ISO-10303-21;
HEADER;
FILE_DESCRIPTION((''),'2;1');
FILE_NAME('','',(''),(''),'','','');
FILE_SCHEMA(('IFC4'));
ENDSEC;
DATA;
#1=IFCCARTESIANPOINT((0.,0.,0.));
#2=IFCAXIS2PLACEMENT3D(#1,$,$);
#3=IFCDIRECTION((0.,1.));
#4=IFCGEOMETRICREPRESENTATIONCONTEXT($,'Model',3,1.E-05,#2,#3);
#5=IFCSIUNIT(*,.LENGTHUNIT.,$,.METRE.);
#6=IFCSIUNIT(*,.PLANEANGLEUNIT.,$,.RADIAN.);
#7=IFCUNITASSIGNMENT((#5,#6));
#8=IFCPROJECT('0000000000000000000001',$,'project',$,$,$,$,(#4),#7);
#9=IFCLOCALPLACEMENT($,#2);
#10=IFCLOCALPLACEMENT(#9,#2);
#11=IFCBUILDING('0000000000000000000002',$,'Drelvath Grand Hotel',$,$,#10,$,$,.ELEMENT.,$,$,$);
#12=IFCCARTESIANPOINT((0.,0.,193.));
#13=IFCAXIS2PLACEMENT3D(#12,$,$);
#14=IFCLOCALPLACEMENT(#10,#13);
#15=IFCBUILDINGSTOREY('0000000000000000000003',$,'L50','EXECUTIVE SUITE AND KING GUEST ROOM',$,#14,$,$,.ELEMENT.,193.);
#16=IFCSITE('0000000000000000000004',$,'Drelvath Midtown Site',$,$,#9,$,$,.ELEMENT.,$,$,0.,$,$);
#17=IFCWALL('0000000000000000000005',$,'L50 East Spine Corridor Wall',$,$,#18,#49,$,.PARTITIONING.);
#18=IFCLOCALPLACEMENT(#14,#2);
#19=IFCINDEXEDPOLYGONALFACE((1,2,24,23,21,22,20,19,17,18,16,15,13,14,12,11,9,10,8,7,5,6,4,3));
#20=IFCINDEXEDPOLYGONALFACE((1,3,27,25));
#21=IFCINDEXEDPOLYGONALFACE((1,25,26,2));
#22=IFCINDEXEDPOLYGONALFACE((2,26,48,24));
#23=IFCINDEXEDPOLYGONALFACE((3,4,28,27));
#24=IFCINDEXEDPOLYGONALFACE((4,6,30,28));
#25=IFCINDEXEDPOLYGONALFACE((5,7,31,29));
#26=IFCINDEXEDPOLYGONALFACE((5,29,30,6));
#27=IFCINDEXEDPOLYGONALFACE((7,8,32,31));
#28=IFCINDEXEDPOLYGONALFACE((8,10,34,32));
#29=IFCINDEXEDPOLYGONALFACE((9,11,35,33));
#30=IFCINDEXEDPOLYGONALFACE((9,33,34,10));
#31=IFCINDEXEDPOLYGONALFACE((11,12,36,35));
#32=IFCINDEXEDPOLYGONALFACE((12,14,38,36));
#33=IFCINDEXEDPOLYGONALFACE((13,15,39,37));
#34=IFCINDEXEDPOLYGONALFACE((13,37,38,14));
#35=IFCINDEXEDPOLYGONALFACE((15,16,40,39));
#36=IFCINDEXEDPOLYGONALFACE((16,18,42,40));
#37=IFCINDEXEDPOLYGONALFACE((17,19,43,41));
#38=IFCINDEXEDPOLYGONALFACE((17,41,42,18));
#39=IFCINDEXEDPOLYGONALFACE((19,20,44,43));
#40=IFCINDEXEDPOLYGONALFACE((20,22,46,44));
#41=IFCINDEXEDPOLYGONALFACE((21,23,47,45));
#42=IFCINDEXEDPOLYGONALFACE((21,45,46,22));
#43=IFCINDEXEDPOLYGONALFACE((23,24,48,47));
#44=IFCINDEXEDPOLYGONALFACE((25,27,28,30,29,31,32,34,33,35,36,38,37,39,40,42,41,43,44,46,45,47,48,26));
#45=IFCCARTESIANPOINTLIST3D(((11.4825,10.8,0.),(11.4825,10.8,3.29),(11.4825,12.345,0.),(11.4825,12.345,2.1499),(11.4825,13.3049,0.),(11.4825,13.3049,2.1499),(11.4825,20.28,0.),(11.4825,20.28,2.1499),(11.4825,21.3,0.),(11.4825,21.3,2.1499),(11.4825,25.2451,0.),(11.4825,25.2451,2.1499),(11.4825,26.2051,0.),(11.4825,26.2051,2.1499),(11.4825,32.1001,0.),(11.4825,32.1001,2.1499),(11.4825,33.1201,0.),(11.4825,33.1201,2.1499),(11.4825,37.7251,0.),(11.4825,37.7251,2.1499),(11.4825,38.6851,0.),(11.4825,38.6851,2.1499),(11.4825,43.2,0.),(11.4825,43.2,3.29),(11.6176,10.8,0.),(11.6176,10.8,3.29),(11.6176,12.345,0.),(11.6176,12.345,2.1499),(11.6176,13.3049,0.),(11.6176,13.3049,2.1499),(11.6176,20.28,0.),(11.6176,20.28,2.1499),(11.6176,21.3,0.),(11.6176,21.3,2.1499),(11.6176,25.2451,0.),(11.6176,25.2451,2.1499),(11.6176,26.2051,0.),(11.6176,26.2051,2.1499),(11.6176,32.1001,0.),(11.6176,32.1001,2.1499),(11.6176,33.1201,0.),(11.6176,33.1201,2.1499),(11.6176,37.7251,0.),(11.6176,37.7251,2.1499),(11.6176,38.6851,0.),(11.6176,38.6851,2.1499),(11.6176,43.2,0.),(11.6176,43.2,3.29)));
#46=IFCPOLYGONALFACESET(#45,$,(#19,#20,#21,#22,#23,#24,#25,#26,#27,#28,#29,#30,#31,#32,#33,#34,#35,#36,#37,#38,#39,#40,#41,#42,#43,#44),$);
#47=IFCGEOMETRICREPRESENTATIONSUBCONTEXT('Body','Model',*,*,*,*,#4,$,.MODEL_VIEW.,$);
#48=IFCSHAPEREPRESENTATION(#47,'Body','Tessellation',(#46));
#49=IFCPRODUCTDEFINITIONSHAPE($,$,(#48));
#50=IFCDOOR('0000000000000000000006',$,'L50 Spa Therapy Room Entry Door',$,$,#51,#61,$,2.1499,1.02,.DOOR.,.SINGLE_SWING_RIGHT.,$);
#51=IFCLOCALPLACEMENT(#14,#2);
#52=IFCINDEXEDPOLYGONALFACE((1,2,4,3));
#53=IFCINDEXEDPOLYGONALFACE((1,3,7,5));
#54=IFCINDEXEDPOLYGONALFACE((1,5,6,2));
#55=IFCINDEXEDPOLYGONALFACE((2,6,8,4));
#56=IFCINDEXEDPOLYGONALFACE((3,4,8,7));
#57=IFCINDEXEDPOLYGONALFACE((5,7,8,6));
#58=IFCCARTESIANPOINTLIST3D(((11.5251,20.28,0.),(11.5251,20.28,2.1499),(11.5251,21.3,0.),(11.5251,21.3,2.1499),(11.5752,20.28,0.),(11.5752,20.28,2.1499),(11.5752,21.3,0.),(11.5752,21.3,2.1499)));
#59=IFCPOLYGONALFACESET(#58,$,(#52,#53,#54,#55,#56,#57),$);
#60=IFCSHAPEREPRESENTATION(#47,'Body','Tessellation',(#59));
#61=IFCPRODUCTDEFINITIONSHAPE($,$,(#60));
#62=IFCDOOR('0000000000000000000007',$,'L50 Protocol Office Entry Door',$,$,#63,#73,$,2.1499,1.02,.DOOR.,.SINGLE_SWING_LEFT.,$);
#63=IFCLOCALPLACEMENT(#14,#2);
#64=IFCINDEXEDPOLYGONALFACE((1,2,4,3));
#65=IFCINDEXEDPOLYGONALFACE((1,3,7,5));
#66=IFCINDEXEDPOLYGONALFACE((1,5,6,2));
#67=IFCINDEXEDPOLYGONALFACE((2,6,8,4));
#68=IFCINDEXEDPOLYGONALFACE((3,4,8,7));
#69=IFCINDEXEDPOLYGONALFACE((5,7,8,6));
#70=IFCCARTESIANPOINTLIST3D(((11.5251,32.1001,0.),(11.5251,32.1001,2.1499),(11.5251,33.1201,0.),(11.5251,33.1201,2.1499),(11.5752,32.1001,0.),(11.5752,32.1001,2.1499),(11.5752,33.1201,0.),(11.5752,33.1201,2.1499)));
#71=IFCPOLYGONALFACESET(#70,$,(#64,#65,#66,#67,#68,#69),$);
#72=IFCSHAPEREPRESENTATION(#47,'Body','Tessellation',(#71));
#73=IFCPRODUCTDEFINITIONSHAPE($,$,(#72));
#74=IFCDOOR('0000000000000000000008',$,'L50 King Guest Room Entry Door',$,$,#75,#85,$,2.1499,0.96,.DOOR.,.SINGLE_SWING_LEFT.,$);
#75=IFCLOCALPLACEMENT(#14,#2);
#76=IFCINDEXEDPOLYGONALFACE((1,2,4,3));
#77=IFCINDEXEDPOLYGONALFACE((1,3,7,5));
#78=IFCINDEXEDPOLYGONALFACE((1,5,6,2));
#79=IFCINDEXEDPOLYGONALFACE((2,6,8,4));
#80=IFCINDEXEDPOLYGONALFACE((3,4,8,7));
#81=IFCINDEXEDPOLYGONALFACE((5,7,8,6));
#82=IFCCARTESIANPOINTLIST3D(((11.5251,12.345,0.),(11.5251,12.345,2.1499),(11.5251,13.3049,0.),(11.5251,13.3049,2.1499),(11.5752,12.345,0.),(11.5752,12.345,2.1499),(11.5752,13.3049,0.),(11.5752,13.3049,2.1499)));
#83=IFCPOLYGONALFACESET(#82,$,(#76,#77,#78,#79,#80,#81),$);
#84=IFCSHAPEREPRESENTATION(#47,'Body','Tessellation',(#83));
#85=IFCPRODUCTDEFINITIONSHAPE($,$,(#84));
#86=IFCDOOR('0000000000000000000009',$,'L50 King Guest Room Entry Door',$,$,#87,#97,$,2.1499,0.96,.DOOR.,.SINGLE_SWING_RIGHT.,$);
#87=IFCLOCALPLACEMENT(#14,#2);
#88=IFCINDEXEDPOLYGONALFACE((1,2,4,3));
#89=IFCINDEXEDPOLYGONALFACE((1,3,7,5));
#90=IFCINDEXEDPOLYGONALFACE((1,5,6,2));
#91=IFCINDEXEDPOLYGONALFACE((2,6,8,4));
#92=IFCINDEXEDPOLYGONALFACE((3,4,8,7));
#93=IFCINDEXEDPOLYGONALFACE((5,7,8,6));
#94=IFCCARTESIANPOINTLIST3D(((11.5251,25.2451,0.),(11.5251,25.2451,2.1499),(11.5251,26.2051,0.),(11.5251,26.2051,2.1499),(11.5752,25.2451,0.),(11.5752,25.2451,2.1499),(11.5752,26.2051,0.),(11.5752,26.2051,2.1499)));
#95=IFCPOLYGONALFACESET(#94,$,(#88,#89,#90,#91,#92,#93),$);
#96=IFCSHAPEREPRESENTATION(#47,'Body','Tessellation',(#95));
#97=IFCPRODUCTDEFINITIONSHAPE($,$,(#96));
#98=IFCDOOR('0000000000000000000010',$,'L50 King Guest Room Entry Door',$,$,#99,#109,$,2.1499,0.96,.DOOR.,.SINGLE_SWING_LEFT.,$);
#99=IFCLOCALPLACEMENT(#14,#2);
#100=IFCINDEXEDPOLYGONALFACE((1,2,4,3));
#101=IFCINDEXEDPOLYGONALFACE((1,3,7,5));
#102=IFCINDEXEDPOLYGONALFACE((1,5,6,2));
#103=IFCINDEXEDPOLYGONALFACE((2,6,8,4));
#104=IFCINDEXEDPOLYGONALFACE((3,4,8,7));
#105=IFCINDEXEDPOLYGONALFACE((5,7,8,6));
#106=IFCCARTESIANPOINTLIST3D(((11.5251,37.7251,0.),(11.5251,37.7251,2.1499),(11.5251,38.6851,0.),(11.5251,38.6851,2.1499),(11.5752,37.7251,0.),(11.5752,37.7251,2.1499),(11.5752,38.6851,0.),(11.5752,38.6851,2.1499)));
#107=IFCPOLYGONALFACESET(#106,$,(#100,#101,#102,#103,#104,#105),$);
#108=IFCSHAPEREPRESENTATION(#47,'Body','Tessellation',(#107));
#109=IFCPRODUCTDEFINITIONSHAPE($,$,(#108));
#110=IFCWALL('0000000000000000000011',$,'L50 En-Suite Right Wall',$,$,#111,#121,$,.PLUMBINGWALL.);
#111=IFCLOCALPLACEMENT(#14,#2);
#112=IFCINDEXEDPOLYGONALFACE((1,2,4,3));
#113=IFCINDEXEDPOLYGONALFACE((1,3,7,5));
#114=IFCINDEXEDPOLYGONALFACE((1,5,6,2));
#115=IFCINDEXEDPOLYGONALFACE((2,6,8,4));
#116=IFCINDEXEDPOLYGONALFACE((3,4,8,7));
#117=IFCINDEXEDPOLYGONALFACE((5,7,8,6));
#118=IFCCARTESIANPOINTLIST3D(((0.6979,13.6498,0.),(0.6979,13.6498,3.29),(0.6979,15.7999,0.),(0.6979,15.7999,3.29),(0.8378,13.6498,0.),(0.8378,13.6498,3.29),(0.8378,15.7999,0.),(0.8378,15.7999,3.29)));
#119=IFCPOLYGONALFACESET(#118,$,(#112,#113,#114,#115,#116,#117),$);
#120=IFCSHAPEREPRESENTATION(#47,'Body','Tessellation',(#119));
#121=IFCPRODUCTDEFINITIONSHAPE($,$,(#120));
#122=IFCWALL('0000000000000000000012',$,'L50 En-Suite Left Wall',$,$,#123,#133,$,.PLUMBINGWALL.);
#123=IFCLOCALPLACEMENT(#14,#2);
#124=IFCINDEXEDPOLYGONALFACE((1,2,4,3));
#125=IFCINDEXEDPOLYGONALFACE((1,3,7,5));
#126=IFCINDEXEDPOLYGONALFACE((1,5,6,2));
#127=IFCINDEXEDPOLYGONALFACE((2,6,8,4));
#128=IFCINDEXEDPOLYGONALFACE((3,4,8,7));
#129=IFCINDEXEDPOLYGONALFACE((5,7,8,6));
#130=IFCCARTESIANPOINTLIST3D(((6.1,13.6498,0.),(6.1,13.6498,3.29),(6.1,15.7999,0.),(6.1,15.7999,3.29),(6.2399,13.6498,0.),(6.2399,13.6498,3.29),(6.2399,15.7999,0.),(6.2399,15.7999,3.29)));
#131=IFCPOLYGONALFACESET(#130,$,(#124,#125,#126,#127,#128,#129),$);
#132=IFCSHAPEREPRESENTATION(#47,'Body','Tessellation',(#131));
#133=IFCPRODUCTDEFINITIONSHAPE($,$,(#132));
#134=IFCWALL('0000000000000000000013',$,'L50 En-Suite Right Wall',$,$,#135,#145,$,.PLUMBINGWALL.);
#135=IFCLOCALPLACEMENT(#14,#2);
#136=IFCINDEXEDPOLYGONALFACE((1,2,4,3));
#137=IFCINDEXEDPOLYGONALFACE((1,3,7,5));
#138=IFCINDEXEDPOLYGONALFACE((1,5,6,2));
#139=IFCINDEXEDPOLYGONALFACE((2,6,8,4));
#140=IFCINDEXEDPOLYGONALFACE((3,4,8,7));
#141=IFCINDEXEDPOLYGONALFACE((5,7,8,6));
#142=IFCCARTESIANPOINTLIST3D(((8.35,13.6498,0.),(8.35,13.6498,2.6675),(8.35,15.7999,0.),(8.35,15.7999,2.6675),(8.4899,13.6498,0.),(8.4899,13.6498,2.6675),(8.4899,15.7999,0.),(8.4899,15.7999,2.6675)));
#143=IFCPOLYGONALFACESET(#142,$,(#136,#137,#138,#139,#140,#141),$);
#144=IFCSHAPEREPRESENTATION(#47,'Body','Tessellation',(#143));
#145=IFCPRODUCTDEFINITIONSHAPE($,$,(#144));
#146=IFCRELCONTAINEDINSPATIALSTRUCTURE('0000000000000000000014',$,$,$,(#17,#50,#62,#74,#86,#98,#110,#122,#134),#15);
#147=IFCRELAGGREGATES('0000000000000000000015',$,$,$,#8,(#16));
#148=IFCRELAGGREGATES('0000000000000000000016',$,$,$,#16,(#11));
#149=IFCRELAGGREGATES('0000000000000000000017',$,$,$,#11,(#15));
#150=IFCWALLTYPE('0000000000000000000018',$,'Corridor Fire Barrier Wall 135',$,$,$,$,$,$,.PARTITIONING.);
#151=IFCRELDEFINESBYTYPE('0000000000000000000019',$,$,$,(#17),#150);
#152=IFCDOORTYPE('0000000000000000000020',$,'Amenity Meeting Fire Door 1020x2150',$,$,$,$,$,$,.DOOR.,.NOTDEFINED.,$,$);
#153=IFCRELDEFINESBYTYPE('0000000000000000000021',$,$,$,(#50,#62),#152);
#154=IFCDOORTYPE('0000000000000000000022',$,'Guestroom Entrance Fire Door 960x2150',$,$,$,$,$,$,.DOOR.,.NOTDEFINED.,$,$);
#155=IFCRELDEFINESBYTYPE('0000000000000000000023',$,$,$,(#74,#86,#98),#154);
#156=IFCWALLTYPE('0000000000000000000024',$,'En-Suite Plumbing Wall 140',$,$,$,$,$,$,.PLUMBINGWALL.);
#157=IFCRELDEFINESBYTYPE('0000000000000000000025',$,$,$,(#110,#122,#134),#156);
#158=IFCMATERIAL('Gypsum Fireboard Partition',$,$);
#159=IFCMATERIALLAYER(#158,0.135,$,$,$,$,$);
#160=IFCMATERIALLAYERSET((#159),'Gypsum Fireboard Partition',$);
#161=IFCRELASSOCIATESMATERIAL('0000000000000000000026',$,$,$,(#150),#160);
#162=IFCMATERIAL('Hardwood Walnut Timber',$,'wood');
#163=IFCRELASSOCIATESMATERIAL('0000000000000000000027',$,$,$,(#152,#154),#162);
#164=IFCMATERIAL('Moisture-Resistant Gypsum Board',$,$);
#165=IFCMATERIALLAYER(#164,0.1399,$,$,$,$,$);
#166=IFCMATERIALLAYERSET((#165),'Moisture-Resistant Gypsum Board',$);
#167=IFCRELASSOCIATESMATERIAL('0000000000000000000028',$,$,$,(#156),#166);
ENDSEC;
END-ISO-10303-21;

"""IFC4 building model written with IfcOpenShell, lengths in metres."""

from ifc_helpers import new_model, si_unit, direction, frame, frame_2d, origin, place, context, subcontext, project, spatial, rectangle, extrude, material, layer, layer_set, type_object, element, fill, save


model = new_model("IFC4")

# Units and contexts
model_context = context("Model", 3, precision=1e-05, world=origin(), true_north=direction((0.0, 1.0)))
body_context = subcontext(model_context, "Body", "Model", "MODEL_VIEW")
ifc_project = project(units=[si_unit("LENGTHUNIT", "METRE"), si_unit("PLANEANGLEUNIT", "RADIAN")], contexts=[model_context])

# Site, building, storey
site_placement = place(None, origin())
site = spatial("IfcSite", under=ifc_project, at=site_placement, Name="Drelvath Midtown Site", CompositionType="ELEMENT", RefElevation=0.0)
building_placement = place(site_placement, origin())
building = spatial("IfcBuilding", under=site, at=building_placement, Name="Drelvath Grand Hotel", CompositionType="ELEMENT")
storey_placement = place(building_placement, frame((0.0, 0.0, 193.0)))
storey = spatial("IfcBuildingStorey", under=building, at=storey_placement, Name="L50", Description="EXECUTIVE SUITE AND KING GUEST ROOM", CompositionType="ELEMENT", Elevation=193.0)

# Wall, openings, doors
ifc_material_1 = material(Name="Gypsum Fireboard Partition")
ifc_layer_1 = layer(ifc_material_1, 0.135)
ifc_layer_set_1 = layer_set([ifc_layer_1], Name="Gypsum Fireboard Partition")
wall_type_1 = type_object("IfcWallType", Name="Corridor Fire Barrier Wall 135", PredefinedType="PARTITIONING", material=ifc_layer_set_1)
wall_1_placement = place(storey_placement, frame((11.55, 10.8, 0.0), z_axis=(0.0, 0.0, 1.0), x_axis=(0.0, 1.0, 0.0)))
wall_1 = element("IfcWall", 1, at=wall_1_placement, inside=storey, type_object=wall_type_1, Name="L50 East Spine Corridor Wall", PredefinedType="PARTITIONING", context=body_context, shape_type="SweptSolid", body=[
    extrude(rectangle(XDim=32.3999, YDim=0.135, at=frame_2d((16.2, 0.0))), origin(), (0.0, 0.0, 1.0), 3.29),
])
opening_1_placement = place(wall_1_placement, frame((1.5449, 0.0, 0.0)))
opening_1 = element("IfcOpeningElement", 2, at=opening_1_placement, cuts=wall_1, PredefinedType="OPENING", context=body_context, shape_type="SweptSolid", body=[
    extrude(rectangle(XDim=0.96, YDim=2.1499, at=frame_2d((0.48, 1.075))), frame((0.0, 0.0774, 0.0), z_axis=(0.0, -1.0, 0.0), x_axis=(1.0, 0.0, 0.0)), (0.0, 0.0, 1.0), 0.155),
])
opening_2_placement = place(wall_1_placement, frame((9.48, 0.0, 0.0)))
opening_2 = element("IfcOpeningElement", 3, at=opening_2_placement, cuts=wall_1, PredefinedType="OPENING", context=body_context, shape_type="SweptSolid", body=[
    extrude(rectangle(XDim=1.02, YDim=2.1499, at=frame_2d((0.51, 1.075))), frame((0.0, 0.0774, 0.0), z_axis=(0.0, -1.0, 0.0), x_axis=(1.0, 0.0, 0.0)), (0.0, 0.0, 1.0), 0.155),
])
opening_3_placement = place(wall_1_placement, frame((14.4451, 0.0, 0.0)))
opening_3 = element("IfcOpeningElement", 4, at=opening_3_placement, cuts=wall_1, PredefinedType="OPENING", context=body_context, shape_type="SweptSolid", body=[
    extrude(rectangle(XDim=0.96, YDim=2.1499, at=frame_2d((0.48, 1.075))), frame((0.0, 0.0774, 0.0), z_axis=(0.0, -1.0, 0.0), x_axis=(1.0, 0.0, 0.0)), (0.0, 0.0, 1.0), 0.155),
])
opening_4_placement = place(wall_1_placement, frame((21.3, 0.0, 0.0)))
opening_4 = element("IfcOpeningElement", 5, at=opening_4_placement, cuts=wall_1, PredefinedType="OPENING", context=body_context, shape_type="SweptSolid", body=[
    extrude(rectangle(XDim=1.02, YDim=2.1499, at=frame_2d((0.51, 1.075))), frame((0.0, 0.0774, 0.0), z_axis=(0.0, -1.0, 0.0), x_axis=(1.0, 0.0, 0.0)), (0.0, 0.0, 1.0), 0.155),
])
opening_5_placement = place(wall_1_placement, frame((26.925, 0.0, 0.0)))
opening_5 = element("IfcOpeningElement", 6, at=opening_5_placement, cuts=wall_1, PredefinedType="OPENING", context=body_context, shape_type="SweptSolid", body=[
    extrude(rectangle(XDim=0.96, YDim=2.1499, at=frame_2d((0.48, 1.075))), frame((0.0, 0.0774, 0.0), z_axis=(0.0, -1.0, 0.0), x_axis=(1.0, 0.0, 0.0)), (0.0, 0.0, 1.0), 0.155),
])
ifc_material_2 = material(Name="Hardwood Walnut Timber", Category="wood")
door_type_1 = type_object("IfcDoorType", Name="Amenity Meeting Fire Door 1020x2150", OperationType="NOTDEFINED", PredefinedType="DOOR", material=ifc_material_2)
door_1_placement = place(opening_2_placement, origin())
door_1 = element("IfcDoor", 7, at=door_1_placement, inside=storey, type_object=door_type_1, Name="L50 Spa Therapy Room Entry Door", OperationType="SINGLE_SWING_RIGHT", OverallHeight=2.1499, OverallWidth=1.02, PredefinedType="DOOR", context=body_context, shape_type="SweptSolid", body=[
    extrude(rectangle(XDim=1.02, YDim=2.1499, at=frame_2d((0.51, 1.075))), frame((0.0, 0.0249, 0.0), z_axis=(0.0, -1.0, 0.0), x_axis=(1.0, 0.0, 0.0)), (0.0, 0.0, 1.0), 0.05),
])
fill(opening_2, door_1)
door_2_placement = place(opening_4_placement, origin())
door_2 = element("IfcDoor", 8, at=door_2_placement, inside=storey, type_object=door_type_1, Name="L50 Protocol Office Entry Door", OperationType="SINGLE_SWING_LEFT", OverallHeight=2.1499, OverallWidth=1.02, PredefinedType="DOOR", context=body_context, shape_type="SweptSolid", body=[
    extrude(rectangle(XDim=1.02, YDim=2.1499, at=frame_2d((0.51, 1.075))), frame((0.0, 0.0249, 0.0), z_axis=(0.0, -1.0, 0.0), x_axis=(1.0, 0.0, 0.0)), (0.0, 0.0, 1.0), 0.05),
])
fill(opening_4, door_2)
door_type_2 = type_object("IfcDoorType", Name="Guestroom Entrance Fire Door 960x2150", OperationType="NOTDEFINED", PredefinedType="DOOR", material=ifc_material_2)
door_3_placement = place(opening_1_placement, origin())
door_3 = element("IfcDoor", 9, at=door_3_placement, inside=storey, type_object=door_type_2, Name="L50 King Guest Room Entry Door", OperationType="SINGLE_SWING_LEFT", OverallHeight=2.1499, OverallWidth=0.96, PredefinedType="DOOR", context=body_context, shape_type="SweptSolid", body=[
    extrude(rectangle(XDim=0.96, YDim=2.1499, at=frame_2d((0.48, 1.075))), frame((0.0, 0.0249, 0.0), z_axis=(0.0, -1.0, 0.0), x_axis=(1.0, 0.0, 0.0)), (0.0, 0.0, 1.0), 0.05),
])
fill(opening_1, door_3)
door_4_placement = place(opening_3_placement, origin())
door_4 = element("IfcDoor", 10, at=door_4_placement, inside=storey, type_object=door_type_2, Name="L50 King Guest Room Entry Door", OperationType="SINGLE_SWING_RIGHT", OverallHeight=2.1499, OverallWidth=0.96, PredefinedType="DOOR", context=body_context, shape_type="SweptSolid", body=[
    extrude(rectangle(XDim=0.96, YDim=2.1499, at=frame_2d((0.48, 1.075))), frame((0.0, 0.0249, 0.0), z_axis=(0.0, -1.0, 0.0), x_axis=(1.0, 0.0, 0.0)), (0.0, 0.0, 1.0), 0.05),
])
fill(opening_3, door_4)
door_5_placement = place(opening_5_placement, origin())
door_5 = element("IfcDoor", 11, at=door_5_placement, inside=storey, type_object=door_type_2, Name="L50 King Guest Room Entry Door", OperationType="SINGLE_SWING_LEFT", OverallHeight=2.1499, OverallWidth=0.96, PredefinedType="DOOR", context=body_context, shape_type="SweptSolid", body=[
    extrude(rectangle(XDim=0.96, YDim=2.1499, at=frame_2d((0.48, 1.075))), frame((0.0, 0.0249, 0.0), z_axis=(0.0, -1.0, 0.0), x_axis=(1.0, 0.0, 0.0)), (0.0, 0.0, 1.0), 0.05),
])
fill(opening_5, door_5)

# Walls
ifc_material_3 = material(Name="Moisture-Resistant Gypsum Board")
ifc_layer_2 = layer(ifc_material_3, 0.1399)
ifc_layer_set_2 = layer_set([ifc_layer_2], Name="Moisture-Resistant Gypsum Board")
wall_type_2 = type_object("IfcWallType", Name="En-Suite Plumbing Wall 140", PredefinedType="PLUMBINGWALL", material=ifc_layer_set_2)
for number, where, z_axis, x_axis, name in (
    (12, (0.7678, 15.8, 0.0), (0.0, 0.0, 1.0), (0.0, -1.0, 0.0), "L50 En-Suite Right Wall"),
    (13, (6.1699, 15.8, 0.0), (0.0, 0.0, 1.0), (0.0, -1.0, 0.0), "L50 En-Suite Left Wall"),
):
    element("IfcWall", number, at=place(storey_placement, frame(where, z_axis=z_axis, x_axis=x_axis)), inside=storey, type_object=wall_type_2, Name=name, PredefinedType="PLUMBINGWALL", context=body_context, shape_type="SweptSolid", body=[
        extrude(rectangle(XDim=2.1501, YDim=0.1399, at=frame_2d((1.0752, 0.0))), origin(), (0.0, 0.0, 1.0), 3.29),
    ])
wall_2_placement = place(storey_placement, frame((8.4199, 15.8, 0.0), z_axis=(0.0, 0.0, 1.0), x_axis=(0.0, -1.0, 0.0)))
element("IfcWall", 14, at=wall_2_placement, inside=storey, type_object=wall_type_2, Name="L50 En-Suite Right Wall", PredefinedType="PLUMBINGWALL", context=body_context, shape_type="SweptSolid", body=[
    extrude(rectangle(XDim=2.1501, YDim=0.1399, at=frame_2d((1.0752, 0.0))), origin(), (0.0, 0.0, 1.0), 2.6675),
])

save(model, "model.ifc")
